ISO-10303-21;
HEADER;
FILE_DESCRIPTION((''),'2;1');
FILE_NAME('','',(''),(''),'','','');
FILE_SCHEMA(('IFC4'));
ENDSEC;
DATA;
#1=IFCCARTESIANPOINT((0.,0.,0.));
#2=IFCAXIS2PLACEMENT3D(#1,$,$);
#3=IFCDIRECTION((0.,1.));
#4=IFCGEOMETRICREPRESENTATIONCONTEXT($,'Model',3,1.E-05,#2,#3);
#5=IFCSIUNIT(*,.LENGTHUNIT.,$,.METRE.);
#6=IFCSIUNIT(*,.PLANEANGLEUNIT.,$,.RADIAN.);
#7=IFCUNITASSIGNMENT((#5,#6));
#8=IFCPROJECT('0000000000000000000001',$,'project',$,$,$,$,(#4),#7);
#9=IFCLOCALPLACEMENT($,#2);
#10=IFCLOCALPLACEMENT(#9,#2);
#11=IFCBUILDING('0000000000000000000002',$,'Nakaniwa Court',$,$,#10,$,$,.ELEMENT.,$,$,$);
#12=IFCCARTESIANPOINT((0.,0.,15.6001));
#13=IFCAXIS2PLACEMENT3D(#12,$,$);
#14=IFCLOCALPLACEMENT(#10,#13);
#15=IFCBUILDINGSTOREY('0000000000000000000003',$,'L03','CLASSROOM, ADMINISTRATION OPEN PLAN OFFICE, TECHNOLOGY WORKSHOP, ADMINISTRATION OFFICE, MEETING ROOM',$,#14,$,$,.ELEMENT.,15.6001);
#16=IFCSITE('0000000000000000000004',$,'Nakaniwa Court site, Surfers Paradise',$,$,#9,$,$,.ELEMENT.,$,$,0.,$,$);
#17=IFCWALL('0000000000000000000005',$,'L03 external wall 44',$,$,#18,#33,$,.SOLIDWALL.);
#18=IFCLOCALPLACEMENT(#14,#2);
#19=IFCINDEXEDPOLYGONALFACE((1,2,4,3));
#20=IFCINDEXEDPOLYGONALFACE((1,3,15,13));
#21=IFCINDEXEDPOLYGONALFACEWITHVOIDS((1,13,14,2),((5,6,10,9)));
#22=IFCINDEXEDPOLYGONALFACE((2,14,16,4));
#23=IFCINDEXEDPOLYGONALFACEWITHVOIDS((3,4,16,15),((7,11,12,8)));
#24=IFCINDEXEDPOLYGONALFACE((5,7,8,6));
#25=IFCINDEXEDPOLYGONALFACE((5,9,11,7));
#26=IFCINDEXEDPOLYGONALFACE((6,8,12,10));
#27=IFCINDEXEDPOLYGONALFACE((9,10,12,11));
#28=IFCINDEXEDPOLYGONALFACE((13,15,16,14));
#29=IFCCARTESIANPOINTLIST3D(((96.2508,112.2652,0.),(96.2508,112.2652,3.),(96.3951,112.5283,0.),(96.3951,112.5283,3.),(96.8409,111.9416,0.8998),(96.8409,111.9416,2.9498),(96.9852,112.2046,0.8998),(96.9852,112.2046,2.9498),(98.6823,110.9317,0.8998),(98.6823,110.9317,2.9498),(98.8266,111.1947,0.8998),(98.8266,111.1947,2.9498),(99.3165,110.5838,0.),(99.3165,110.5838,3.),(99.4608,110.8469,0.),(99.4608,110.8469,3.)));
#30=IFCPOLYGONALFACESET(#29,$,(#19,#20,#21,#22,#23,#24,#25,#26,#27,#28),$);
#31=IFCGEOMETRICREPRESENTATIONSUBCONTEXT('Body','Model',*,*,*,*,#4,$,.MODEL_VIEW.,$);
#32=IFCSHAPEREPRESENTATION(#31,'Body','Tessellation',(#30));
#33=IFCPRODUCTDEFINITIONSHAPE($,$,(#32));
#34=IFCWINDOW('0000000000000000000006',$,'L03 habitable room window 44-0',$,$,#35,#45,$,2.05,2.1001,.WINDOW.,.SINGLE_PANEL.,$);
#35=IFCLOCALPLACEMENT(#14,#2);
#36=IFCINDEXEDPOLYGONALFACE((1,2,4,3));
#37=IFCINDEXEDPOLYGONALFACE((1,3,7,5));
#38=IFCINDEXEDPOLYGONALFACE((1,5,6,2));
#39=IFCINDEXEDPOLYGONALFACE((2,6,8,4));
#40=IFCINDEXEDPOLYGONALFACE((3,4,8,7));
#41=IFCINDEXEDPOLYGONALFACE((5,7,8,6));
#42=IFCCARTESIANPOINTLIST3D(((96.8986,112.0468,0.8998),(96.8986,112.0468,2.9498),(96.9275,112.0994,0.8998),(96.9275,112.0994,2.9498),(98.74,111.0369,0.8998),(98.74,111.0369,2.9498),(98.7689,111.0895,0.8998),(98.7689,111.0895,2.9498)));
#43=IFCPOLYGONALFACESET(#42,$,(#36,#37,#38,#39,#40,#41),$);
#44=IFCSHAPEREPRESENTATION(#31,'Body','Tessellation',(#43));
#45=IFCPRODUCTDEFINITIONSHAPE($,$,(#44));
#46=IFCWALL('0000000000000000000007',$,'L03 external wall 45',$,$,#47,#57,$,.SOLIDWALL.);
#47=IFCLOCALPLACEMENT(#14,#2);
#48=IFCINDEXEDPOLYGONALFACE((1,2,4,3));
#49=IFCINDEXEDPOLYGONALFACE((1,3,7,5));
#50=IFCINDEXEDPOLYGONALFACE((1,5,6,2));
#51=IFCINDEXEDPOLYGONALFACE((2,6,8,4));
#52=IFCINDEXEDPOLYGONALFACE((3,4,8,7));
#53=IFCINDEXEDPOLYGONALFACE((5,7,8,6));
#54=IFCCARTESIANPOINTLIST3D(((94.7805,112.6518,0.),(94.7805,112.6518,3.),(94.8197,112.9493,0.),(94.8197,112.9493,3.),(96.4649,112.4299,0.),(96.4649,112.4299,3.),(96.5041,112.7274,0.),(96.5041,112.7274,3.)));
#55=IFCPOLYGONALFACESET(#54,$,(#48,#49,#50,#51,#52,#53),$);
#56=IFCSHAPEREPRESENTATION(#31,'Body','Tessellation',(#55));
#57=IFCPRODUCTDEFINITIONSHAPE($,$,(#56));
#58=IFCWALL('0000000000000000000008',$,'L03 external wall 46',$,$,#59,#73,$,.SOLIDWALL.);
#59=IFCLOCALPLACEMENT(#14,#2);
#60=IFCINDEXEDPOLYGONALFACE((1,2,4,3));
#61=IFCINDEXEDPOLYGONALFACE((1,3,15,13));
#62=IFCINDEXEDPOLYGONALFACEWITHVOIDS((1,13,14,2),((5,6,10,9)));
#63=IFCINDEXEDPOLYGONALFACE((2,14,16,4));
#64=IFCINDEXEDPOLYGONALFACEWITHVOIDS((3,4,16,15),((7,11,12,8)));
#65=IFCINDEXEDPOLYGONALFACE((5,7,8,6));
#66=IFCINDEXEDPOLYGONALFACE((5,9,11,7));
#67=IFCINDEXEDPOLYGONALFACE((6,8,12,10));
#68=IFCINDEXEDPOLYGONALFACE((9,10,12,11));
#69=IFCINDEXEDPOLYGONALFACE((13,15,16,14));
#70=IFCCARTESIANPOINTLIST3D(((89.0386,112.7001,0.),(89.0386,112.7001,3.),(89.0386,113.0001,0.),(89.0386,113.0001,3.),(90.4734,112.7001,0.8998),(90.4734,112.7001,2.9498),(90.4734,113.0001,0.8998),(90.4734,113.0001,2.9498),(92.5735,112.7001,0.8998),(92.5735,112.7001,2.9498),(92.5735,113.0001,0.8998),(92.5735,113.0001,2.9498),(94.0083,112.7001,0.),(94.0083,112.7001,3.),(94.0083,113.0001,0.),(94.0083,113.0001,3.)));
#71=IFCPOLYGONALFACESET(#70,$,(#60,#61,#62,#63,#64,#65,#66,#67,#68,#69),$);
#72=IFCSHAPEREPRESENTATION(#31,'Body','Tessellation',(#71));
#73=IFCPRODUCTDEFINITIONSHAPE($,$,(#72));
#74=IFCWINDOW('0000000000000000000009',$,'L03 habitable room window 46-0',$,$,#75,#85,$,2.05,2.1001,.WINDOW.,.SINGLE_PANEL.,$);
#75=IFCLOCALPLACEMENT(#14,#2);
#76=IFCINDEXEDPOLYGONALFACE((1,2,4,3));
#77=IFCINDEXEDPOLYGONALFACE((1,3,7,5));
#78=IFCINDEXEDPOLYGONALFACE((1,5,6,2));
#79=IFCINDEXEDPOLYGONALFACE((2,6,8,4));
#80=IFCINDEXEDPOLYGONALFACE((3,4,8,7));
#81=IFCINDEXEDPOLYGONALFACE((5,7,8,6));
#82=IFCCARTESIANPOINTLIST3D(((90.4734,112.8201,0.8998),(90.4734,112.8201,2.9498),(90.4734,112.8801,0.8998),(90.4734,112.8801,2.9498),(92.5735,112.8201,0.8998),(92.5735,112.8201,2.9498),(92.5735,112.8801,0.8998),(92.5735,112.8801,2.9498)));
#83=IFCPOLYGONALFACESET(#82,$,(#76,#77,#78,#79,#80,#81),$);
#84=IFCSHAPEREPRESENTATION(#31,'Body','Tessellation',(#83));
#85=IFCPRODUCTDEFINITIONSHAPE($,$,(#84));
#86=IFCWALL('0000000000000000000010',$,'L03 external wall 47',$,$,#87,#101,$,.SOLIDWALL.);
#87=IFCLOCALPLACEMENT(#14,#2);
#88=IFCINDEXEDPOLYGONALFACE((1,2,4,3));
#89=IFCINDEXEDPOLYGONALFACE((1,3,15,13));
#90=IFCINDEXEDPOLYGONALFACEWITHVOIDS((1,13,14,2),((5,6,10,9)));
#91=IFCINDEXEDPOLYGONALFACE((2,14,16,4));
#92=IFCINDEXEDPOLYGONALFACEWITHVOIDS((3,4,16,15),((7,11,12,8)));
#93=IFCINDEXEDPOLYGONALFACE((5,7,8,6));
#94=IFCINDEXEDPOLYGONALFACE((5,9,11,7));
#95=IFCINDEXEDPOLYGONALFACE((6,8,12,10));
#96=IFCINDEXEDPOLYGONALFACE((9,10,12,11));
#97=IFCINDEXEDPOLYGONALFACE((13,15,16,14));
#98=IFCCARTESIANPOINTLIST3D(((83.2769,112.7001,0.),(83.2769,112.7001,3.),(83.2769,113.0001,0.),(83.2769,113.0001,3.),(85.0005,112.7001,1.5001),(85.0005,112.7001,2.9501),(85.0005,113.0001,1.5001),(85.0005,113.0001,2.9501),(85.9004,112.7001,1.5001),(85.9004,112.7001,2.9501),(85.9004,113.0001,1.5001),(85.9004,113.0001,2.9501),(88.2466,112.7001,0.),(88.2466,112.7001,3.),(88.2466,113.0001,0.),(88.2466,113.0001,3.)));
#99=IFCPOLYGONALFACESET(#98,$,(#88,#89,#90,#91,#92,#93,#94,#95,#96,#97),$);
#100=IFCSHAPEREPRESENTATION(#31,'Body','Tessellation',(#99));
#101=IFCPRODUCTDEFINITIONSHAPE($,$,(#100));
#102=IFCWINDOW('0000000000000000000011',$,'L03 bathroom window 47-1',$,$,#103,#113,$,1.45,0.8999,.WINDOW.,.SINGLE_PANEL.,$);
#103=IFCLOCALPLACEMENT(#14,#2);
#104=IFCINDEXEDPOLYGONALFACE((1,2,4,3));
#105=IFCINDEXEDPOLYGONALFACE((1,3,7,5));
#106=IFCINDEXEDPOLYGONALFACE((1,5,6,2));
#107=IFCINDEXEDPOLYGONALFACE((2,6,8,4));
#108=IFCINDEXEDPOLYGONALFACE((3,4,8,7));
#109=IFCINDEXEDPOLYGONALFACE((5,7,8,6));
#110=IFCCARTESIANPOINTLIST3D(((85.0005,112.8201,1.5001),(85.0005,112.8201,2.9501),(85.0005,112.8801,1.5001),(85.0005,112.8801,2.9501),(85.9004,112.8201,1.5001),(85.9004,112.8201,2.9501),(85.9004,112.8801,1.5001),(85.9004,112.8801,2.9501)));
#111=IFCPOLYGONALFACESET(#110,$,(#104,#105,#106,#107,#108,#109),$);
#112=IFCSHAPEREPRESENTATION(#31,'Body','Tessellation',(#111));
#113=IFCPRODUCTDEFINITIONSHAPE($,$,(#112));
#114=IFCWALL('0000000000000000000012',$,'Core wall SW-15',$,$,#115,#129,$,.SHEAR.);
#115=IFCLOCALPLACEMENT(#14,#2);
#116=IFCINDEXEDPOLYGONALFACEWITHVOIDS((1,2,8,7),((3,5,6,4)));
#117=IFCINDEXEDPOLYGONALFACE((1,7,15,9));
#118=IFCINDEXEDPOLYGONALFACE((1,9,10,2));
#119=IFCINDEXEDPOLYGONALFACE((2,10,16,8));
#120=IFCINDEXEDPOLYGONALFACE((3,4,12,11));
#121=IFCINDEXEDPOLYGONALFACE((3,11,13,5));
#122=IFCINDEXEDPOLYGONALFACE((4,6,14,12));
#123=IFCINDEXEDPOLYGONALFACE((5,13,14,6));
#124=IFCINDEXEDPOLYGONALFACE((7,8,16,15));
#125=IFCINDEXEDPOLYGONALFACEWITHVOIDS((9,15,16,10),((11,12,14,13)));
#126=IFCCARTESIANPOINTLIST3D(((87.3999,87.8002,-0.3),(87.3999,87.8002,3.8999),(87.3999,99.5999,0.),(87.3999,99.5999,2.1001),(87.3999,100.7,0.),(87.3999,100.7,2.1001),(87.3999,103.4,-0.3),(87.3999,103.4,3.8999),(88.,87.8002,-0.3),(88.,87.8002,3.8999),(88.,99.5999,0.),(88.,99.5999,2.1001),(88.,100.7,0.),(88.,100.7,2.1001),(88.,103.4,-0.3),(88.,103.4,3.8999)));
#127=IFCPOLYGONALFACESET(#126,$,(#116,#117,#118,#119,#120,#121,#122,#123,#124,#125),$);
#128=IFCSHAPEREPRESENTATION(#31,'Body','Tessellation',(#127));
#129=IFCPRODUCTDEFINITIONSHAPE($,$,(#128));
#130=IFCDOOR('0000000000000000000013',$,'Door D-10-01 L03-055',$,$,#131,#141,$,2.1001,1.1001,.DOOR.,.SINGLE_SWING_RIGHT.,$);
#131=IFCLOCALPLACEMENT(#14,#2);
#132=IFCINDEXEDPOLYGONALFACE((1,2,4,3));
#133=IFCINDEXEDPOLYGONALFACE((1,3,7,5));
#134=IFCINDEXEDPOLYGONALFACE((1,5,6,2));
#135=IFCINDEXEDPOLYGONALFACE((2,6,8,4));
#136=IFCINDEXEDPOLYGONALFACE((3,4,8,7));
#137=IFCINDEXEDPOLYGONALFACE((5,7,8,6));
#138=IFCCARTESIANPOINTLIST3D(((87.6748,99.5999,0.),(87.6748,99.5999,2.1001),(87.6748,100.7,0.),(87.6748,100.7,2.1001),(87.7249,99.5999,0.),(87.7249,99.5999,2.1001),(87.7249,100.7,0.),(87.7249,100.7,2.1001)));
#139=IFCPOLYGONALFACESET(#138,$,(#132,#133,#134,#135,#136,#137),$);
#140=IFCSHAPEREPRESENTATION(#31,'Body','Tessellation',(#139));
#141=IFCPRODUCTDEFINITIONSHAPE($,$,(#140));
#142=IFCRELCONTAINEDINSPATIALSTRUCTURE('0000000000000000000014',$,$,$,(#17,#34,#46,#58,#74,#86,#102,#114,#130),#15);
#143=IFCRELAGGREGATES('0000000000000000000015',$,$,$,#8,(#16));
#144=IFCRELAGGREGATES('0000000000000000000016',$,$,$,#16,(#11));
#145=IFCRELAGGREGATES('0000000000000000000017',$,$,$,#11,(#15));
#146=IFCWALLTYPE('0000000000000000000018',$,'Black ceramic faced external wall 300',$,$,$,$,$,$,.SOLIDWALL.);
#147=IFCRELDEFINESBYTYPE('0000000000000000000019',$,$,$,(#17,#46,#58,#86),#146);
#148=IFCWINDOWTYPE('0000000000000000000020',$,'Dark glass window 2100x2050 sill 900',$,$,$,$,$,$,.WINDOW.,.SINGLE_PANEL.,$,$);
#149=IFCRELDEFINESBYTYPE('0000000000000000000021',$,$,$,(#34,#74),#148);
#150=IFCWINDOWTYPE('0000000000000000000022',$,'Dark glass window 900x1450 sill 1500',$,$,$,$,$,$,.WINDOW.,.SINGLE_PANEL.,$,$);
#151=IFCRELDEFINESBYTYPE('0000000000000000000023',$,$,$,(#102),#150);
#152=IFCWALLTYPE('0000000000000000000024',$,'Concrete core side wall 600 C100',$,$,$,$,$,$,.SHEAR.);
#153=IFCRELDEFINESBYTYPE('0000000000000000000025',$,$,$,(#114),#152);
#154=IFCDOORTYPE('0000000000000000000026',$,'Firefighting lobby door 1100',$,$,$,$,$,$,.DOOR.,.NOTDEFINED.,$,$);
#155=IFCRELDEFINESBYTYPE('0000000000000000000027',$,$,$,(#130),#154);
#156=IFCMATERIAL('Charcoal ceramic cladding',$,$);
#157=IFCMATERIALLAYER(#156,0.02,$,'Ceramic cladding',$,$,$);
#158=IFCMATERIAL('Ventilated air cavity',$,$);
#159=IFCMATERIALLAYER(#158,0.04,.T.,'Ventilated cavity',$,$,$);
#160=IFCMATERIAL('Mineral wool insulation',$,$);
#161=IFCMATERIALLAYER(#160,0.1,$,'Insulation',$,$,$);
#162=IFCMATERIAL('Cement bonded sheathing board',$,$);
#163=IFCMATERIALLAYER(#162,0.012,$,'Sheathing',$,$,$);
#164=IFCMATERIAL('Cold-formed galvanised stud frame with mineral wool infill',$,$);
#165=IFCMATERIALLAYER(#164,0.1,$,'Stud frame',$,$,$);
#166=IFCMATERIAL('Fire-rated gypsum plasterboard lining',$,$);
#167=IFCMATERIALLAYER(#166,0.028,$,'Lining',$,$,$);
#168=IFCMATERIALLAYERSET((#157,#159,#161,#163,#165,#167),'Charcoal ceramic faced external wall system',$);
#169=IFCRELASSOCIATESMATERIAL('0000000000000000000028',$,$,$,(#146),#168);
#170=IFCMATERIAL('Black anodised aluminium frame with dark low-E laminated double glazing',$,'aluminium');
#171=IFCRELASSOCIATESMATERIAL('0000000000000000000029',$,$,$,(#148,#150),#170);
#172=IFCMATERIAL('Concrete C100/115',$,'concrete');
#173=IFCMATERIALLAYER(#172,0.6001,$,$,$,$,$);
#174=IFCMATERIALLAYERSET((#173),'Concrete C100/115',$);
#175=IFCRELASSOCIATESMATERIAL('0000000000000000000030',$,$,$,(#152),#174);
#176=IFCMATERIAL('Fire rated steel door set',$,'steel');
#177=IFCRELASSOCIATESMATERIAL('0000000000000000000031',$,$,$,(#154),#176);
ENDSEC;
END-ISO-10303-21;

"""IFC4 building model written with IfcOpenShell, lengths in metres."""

from ifc_helpers import new_model, si_unit, direction, frame, frame_2d, origin, place, context, subcontext, project, spatial, rectangle, extrude, material, layer, layer_set, type_object, element, fill, save


model = new_model("IFC4")

# Units and contexts
model_context = context("Model", 3, precision=1e-05, world=origin(), true_north=direction((0.0, 1.0)))
body_context = subcontext(model_context, "Body", "Model", "MODEL_VIEW")
ifc_project = project(units=[si_unit("LENGTHUNIT", "METRE"), si_unit("PLANEANGLEUNIT", "RADIAN")], contexts=[model_context])

# Site, building, storey
site_placement = place(None, origin())
site = spatial("IfcSite", under=ifc_project, at=site_placement, Name="Nakaniwa Court site, Surfers Paradise", CompositionType="ELEMENT", RefElevation=0.0)
building_placement = place(site_placement, origin())
building = spatial("IfcBuilding", under=site, at=building_placement, Name="Nakaniwa Court", CompositionType="ELEMENT")
storey_placement = place(building_placement, frame((0.0, 0.0, 15.6001)))
storey = spatial("IfcBuildingStorey", under=building, at=storey_placement, Name="L03", Description="CLASSROOM, ADMINISTRATION OPEN PLAN OFFICE, TECHNOLOGY WORKSHOP, ADMINISTRATION OFFICE, MEETING ROOM", CompositionType="ELEMENT", Elevation=15.6001)

# Shared definitions
ifc_material_1 = material(Name="Concrete C100/115", Category="concrete")

# Shared definitions
ifc_material_2 = material(Name="Black anodised aluminium frame with dark low-E laminated double glazing", Category="aluminium")

# Wall, opening, window
ifc_material_3 = material(Name="Charcoal ceramic cladding")
ifc_layer_1 = layer(ifc_material_3, 0.02, Name="Ceramic cladding")
ifc_material_4 = material(Name="Ventilated air cavity")
ifc_layer_2 = layer(ifc_material_4, 0.04, ventilated=True, Name="Ventilated cavity")
ifc_material_5 = material(Name="Mineral wool insulation")
ifc_layer_3 = layer(ifc_material_5, 0.1, Name="Insulation")
ifc_material_6 = material(Name="Cement bonded sheathing board")
ifc_layer_4 = layer(ifc_material_6, 0.012, Name="Sheathing")
ifc_material_7 = material(Name="Cold-formed galvanised stud frame with mineral wool infill")
ifc_layer_5 = layer(ifc_material_7, 0.1, Name="Stud frame")
ifc_material_8 = material(Name="Fire-rated gypsum plasterboard lining")
ifc_layer_6 = layer(ifc_material_8, 0.028, Name="Lining")
ifc_layer_set_1 = layer_set([ifc_layer_1, ifc_layer_2, ifc_layer_3, ifc_layer_4, ifc_layer_5, ifc_layer_6], Name="Charcoal ceramic faced external wall system")
wall_type_1 = type_object("IfcWallType", Name="Black ceramic faced external wall 300", PredefinedType="SOLIDWALL", material=ifc_layer_set_1)
wall_1_placement = place(storey_placement, frame((99.3887, 110.7153, 0.0), z_axis=(0.0, 0.0, 1.0), x_axis=(-0.876786, 0.480881, 0.0)))
wall_1 = element("IfcWall", 1, at=wall_1_placement, inside=storey, type_object=wall_type_1, Name="L03 external wall 44", PredefinedType="SOLIDWALL", context=body_context, shape_type="SweptSolid", body=[
    extrude(rectangle(XDim=3.4966, YDim=0.3, at=frame_2d((1.7483, 0.0))), origin(), (0.0, 0.0, 1.0), 3.0),
])
opening_1_placement = place(wall_1_placement, frame((0.7234, 0.0, 0.8999)))
opening_1 = element("IfcOpeningElement", 2, at=opening_1_placement, cuts=wall_1, PredefinedType="OPENING", context=body_context, shape_type="SweptSolid", body=[
    extrude(rectangle(XDim=2.1001, YDim=2.05, at=frame_2d((1.05, 1.0249))), frame((0.0, 0.1599, 0.0), z_axis=(0.0, -1.0, 0.0), x_axis=(1.0, 0.0, 0.0)), (0.0, 0.0, 1.0), 0.3201),
])
window_type_1 = type_object("IfcWindowType", Name="Dark glass window 2100x2050 sill 900", PartitioningType="SINGLE_PANEL", PredefinedType="WINDOW", material=ifc_material_2)
window_1_placement = place(opening_1_placement, origin())
window_1 = element("IfcWindow", 3, at=window_1_placement, inside=storey, type_object=window_type_1, Name="L03 habitable room window 44-0", OverallHeight=2.05, OverallWidth=2.1001, PartitioningType="SINGLE_PANEL", PredefinedType="WINDOW", context=body_context, shape_type="SweptSolid", body=[
    extrude(rectangle(XDim=2.1001, YDim=2.05, at=frame_2d((1.05, 1.0249))), frame((0.0, 0.03, 0.0), z_axis=(0.0, -1.0, 0.0), x_axis=(1.0, 0.0, 0.0)), (0.0, 0.0, 1.0), 0.0601),
])
fill(opening_1, window_1)

# Wall
wall_2_placement = place(storey_placement, frame((96.4846, 112.5786, 0.0), z_axis=(0.0, 0.0, 1.0), x_axis=(-0.991431, 0.130629, 0.0)))
element("IfcWall", 4, at=wall_2_placement, inside=storey, type_object=wall_type_1, Name="L03 external wall 45", PredefinedType="SOLIDWALL", context=body_context, shape_type="SweptSolid", body=[
    extrude(rectangle(XDim=1.699, YDim=0.3, at=frame_2d((0.8496, 0.0))), origin(), (0.0, 0.0, 1.0), 3.0),
])

# Walls, openings, windows
wall_3_placement = place(storey_placement, frame((94.0083, 112.8501, 0.0), z_axis=(0.0, 0.0, 1.0), x_axis=(-1.0, 0.0, 0.0)))
wall_3 = element("IfcWall", 5, at=wall_3_placement, inside=storey, type_object=wall_type_1, Name="L03 external wall 46", PredefinedType="SOLIDWALL", context=body_context, shape_type="SweptSolid", body=[
    extrude(rectangle(XDim=4.9697, YDim=0.3, at=frame_2d((2.4849, 0.0))), origin(), (0.0, 0.0, 1.0), 3.0),
])
opening_2_placement = place(wall_3_placement, frame((1.4348, 0.0, 0.8999)))
opening_2 = element("IfcOpeningElement", 6, at=opening_2_placement, cuts=wall_3, PredefinedType="OPENING", context=body_context, shape_type="SweptSolid", body=[
    extrude(rectangle(XDim=2.1001, YDim=2.05, at=frame_2d((1.05, 1.0249))), frame((0.0, 0.1599, 0.0), z_axis=(0.0, -1.0, 0.0), x_axis=(1.0, 0.0, 0.0)), (0.0, 0.0, 1.0), 0.3201),
])
window_2_placement = place(opening_2_placement, origin())
window_2 = element("IfcWindow", 7, at=window_2_placement, inside=storey, type_object=window_type_1, Name="L03 habitable room window 46-0", OverallHeight=2.05, OverallWidth=2.1001, PartitioningType="SINGLE_PANEL", PredefinedType="WINDOW", context=body_context, shape_type="SweptSolid", body=[
    extrude(rectangle(XDim=2.1001, YDim=2.05, at=frame_2d((1.05, 1.0249))), frame((0.0, 0.03, 0.0), z_axis=(0.0, -1.0, 0.0), x_axis=(1.0, 0.0, 0.0)), (0.0, 0.0, 1.0), 0.0601),
])
fill(opening_2, window_2)
wall_4_placement = place(storey_placement, frame((88.2466, 112.8501, 0.0), z_axis=(0.0, 0.0, 1.0), x_axis=(-1.0, 0.0, 0.0)))
wall_4 = element("IfcWall", 8, at=wall_4_placement, inside=storey, type_object=wall_type_1, Name="L03 external wall 47", PredefinedType="SOLIDWALL", context=body_context, shape_type="SweptSolid", body=[
    extrude(rectangle(XDim=4.9697, YDim=0.3, at=frame_2d((2.4849, 0.0))), origin(), (0.0, 0.0, 1.0), 3.0),
])
opening_3_placement = place(wall_4_placement, frame((2.3462, 0.0, 1.5)))
opening_3 = element("IfcOpeningElement", 9, at=opening_3_placement, cuts=wall_4, PredefinedType="OPENING", context=body_context, shape_type="SweptSolid", body=[
    extrude(rectangle(XDim=0.8999, YDim=1.45, at=frame_2d((0.45, 0.7251))), frame((0.0, 0.1599, 0.0), z_axis=(0.0, -1.0, 0.0), x_axis=(1.0, 0.0, 0.0)), (0.0, 0.0, 1.0), 0.3201),
])
window_type_2 = type_object("IfcWindowType", Name="Dark glass window 900x1450 sill 1500", PartitioningType="SINGLE_PANEL", PredefinedType="WINDOW", material=ifc_material_2)
window_3_placement = place(opening_3_placement, origin())
window_3 = element("IfcWindow", 10, at=window_3_placement, inside=storey, type_object=window_type_2, Name="L03 bathroom window 47-1", OverallHeight=1.45, OverallWidth=0.8999, PartitioningType="SINGLE_PANEL", PredefinedType="WINDOW", context=body_context, shape_type="SweptSolid", body=[
    extrude(rectangle(XDim=0.8999, YDim=1.45, at=frame_2d((0.45, 0.7251))), frame((0.0, 0.03, 0.0), z_axis=(0.0, -1.0, 0.0), x_axis=(1.0, 0.0, 0.0)), (0.0, 0.0, 1.0), 0.0601),
])
fill(opening_3, window_3)

# Wall, opening, door
ifc_layer_7 = layer(ifc_material_1, 0.6001)
ifc_layer_set_2 = layer_set([ifc_layer_7], Name="Concrete C100/115")
wall_type_2 = type_object("IfcWallType", Name="Concrete core side wall 600 C100", PredefinedType="SHEAR", material=ifc_layer_set_2)
wall_5_placement = place(storey_placement, frame((87.7, 103.3999, -0.3), z_axis=(0.0, 0.0, 1.0), x_axis=(0.0, -1.0, 0.0)))
wall_5 = element("IfcWall", 11, at=wall_5_placement, inside=storey, type_object=wall_type_2, Name="Core wall SW-15", PredefinedType="SHEAR", context=body_context, shape_type="SweptSolid", body=[
    extrude(rectangle(XDim=15.5999, YDim=0.6001, at=frame_2d((7.7998, 0.0))), origin(), (0.0, 0.0, 1.0), 4.2),
])
opening_4_placement = place(wall_5_placement, frame((2.7, 0.0, 0.3)))
opening_4 = element("IfcOpeningElement", 12, at=opening_4_placement, cuts=wall_5, PredefinedType="OPENING", context=body_context, shape_type="SweptSolid", body=[
    extrude(rectangle(XDim=1.1001, YDim=2.1001, at=frame_2d((0.55, 1.05))), frame((0.0, 0.3101, 0.0), z_axis=(0.0, -1.0, 0.0), x_axis=(1.0, 0.0, 0.0)), (0.0, 0.0, 1.0), 0.6201),
])
ifc_material_9 = material(Name="Fire rated steel door set", Category="steel")
door_type_1 = type_object("IfcDoorType", Name="Firefighting lobby door 1100", OperationType="NOTDEFINED", PredefinedType="DOOR", material=ifc_material_9)
door_1_placement = place(opening_4_placement, origin())
door_1 = element("IfcDoor", 13, at=door_1_placement, inside=storey, type_object=door_type_1, Name="Door D-10-01 L03-055", OperationType="SINGLE_SWING_RIGHT", OverallHeight=2.1001, OverallWidth=1.1001, PredefinedType="DOOR", context=body_context, shape_type="SweptSolid", body=[
    extrude(rectangle(XDim=1.1001, YDim=2.1001, at=frame_2d((0.55, 1.05))), frame((0.0, 0.0249, 0.0), z_axis=(0.0, -1.0, 0.0), x_axis=(1.0, 0.0, 0.0)), (0.0, 0.0, 1.0), 0.05),
])
fill(opening_4, door_1)

save(model, "model.ifc")
